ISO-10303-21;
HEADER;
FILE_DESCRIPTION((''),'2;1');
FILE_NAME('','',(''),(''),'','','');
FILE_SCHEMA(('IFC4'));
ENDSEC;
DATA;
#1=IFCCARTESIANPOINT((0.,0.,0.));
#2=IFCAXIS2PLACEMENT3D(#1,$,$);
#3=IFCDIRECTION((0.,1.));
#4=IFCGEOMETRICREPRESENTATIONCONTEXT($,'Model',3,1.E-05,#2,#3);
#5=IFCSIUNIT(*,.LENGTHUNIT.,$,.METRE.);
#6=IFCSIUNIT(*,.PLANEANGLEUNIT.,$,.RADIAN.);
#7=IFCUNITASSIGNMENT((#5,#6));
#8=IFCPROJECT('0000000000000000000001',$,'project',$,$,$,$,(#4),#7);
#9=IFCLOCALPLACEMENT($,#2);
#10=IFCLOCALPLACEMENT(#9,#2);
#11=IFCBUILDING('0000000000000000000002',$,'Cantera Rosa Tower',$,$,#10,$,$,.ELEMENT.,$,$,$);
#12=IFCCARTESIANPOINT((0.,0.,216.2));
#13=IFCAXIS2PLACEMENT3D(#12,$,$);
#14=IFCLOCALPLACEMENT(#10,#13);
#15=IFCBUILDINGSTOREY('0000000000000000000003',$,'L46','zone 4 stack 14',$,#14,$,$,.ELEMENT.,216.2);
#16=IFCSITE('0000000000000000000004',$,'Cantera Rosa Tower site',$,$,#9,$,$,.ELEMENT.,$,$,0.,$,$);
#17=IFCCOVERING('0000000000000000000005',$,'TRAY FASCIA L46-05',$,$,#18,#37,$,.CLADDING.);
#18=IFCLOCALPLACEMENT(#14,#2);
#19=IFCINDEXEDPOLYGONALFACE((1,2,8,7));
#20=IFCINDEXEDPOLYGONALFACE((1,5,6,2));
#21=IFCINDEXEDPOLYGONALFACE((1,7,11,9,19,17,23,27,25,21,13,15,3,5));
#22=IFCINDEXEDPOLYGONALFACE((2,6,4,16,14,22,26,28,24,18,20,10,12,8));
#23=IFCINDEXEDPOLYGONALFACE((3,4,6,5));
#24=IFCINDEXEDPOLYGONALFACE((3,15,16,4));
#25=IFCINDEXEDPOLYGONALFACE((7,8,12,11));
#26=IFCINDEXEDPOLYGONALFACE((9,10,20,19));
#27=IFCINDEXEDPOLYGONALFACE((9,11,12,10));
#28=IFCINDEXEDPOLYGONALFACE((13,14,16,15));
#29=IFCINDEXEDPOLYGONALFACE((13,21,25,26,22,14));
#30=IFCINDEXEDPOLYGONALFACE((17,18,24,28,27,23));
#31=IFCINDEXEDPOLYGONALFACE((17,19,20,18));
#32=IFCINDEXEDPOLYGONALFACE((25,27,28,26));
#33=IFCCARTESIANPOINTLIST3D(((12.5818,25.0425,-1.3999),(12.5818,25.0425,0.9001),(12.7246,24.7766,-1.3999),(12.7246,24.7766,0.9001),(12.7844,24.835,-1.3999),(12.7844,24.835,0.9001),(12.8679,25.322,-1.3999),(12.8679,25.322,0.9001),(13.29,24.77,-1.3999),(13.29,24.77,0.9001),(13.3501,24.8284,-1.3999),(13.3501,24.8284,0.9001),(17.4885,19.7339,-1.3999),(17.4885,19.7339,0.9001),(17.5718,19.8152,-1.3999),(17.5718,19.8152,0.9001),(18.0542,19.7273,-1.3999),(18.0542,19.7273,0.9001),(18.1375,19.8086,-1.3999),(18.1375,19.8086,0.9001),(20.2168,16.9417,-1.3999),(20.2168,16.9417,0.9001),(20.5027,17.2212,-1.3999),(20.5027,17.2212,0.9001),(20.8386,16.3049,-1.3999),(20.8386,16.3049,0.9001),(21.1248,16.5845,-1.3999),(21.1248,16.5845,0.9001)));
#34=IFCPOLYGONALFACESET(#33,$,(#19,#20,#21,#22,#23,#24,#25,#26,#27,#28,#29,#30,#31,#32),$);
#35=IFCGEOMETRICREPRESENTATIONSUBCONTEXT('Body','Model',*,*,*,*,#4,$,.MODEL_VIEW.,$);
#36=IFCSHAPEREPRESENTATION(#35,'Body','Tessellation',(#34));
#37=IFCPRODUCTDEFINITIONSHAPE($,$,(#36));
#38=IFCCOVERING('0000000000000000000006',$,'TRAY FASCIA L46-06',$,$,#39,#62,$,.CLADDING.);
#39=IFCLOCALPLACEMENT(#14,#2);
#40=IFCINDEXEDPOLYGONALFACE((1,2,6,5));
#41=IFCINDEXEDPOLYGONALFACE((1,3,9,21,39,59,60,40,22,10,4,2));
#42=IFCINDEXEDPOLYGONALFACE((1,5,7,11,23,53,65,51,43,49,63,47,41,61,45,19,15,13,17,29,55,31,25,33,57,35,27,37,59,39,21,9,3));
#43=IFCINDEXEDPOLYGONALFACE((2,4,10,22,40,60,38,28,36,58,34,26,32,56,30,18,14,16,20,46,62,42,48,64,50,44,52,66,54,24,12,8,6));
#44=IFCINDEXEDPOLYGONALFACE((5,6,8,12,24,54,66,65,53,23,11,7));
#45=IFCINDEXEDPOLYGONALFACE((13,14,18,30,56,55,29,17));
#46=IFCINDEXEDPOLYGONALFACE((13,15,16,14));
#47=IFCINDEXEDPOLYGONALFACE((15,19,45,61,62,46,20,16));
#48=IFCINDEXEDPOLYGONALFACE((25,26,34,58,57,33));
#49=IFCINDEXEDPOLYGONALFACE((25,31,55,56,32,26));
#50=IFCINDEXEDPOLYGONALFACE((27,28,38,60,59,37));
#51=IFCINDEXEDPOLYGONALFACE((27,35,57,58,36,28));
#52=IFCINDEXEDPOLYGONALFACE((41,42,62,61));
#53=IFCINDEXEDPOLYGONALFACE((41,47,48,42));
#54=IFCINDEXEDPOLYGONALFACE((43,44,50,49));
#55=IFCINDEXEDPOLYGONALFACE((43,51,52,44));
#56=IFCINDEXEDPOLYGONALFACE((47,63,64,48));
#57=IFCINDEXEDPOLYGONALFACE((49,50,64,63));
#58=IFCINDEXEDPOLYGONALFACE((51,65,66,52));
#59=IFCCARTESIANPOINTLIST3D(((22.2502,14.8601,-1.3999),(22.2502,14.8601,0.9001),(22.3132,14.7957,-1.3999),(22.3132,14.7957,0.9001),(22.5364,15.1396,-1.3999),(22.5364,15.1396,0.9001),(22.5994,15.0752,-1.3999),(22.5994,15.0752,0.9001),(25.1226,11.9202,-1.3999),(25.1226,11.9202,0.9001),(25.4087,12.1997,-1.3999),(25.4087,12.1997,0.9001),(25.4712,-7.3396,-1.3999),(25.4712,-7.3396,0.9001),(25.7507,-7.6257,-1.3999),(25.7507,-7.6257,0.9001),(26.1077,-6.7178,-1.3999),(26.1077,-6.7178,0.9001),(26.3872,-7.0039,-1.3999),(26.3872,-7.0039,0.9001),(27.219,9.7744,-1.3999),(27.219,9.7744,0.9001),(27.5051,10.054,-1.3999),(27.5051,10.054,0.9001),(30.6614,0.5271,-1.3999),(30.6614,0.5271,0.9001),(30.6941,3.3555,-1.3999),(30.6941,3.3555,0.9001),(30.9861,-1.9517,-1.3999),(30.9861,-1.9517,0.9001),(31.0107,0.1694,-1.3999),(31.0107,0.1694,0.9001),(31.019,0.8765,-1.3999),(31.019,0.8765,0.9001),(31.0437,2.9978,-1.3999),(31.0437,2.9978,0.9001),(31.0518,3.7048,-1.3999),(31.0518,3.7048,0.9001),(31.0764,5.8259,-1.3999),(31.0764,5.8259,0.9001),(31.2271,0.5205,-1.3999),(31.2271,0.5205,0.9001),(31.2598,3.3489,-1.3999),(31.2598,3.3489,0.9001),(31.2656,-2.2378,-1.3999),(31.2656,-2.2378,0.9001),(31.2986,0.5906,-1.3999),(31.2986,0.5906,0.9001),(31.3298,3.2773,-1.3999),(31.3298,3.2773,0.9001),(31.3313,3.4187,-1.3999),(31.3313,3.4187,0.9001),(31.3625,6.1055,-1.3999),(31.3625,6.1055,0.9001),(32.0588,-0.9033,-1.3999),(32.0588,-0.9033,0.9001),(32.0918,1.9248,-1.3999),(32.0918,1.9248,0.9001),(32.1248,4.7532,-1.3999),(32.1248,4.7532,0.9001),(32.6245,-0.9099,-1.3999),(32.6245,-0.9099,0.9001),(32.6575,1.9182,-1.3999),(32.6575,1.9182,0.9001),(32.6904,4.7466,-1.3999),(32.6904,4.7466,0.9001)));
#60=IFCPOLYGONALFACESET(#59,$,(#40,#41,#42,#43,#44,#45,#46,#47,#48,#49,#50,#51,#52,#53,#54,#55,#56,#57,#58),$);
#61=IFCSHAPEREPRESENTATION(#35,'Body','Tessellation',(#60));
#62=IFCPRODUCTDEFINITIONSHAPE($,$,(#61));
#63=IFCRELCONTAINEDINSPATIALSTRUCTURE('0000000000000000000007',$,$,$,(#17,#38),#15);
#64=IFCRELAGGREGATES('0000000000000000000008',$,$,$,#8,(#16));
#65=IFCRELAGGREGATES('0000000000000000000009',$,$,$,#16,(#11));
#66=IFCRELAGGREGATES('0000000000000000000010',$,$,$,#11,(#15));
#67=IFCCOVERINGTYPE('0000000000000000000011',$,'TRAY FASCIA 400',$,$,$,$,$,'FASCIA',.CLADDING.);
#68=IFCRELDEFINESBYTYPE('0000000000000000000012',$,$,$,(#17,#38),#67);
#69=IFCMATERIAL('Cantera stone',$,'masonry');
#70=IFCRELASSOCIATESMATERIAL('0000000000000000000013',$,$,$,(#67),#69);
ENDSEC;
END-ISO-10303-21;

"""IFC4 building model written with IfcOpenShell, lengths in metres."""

from ifc_helpers import new_model, si_unit, direction, frame, origin, place, context, subcontext, project, spatial, polyline, outline, extrude, material, type_object, element, save


model = new_model("IFC4")

# Units and contexts
model_context = context("Model", 3, precision=1e-05, world=origin(), true_north=direction((0.0, 1.0)))
body_context = subcontext(model_context, "Body", "Model", "MODEL_VIEW")
ifc_project = project(units=[si_unit("LENGTHUNIT", "METRE"), si_unit("PLANEANGLEUNIT", "RADIAN")], contexts=[model_context])

# Site, building, storey
site_placement = place(None, origin())
site = spatial("IfcSite", under=ifc_project, at=site_placement, Name="Cantera Rosa Tower site", CompositionType="ELEMENT", RefElevation=0.0)
building_placement = place(site_placement, origin())
building = spatial("IfcBuilding", under=site, at=building_placement, Name="Cantera Rosa Tower", CompositionType="ELEMENT")
storey_placement = place(building_placement, frame((0.0, 0.0, 216.2)))
storey = spatial("IfcBuildingStorey", under=building, at=storey_placement, Name="L46", Description="zone 4 stack 14", CompositionType="ELEMENT", Elevation=216.2)

# Coverings
ifc_material_1 = material(Name="Cantera stone", Category="masonry")
covering_type_1 = type_object("IfcCoveringType", Name="TRAY FASCIA 400", ElementType="FASCIA", PredefinedType="CLADDING", material=ifc_material_1)
covering_1_placement = place(storey_placement, frame((0.0, 0.0, -1.3999)))
element("IfcCovering", 1, at=covering_1_placement, inside=storey, type_object=covering_type_1, Name="TRAY FASCIA L46-05", PredefinedType="CLADDING", context=body_context, shape_type="SweptSolid", body=[
    extrude(outline(polyline([(13.3501, 24.8284), (13.29, 24.77), (18.1375, 19.8086), (18.0542, 19.7273), (20.5027, 17.2212), (21.1248, 16.5845), (20.8386, 16.3049), (20.2168, 16.9417), (17.4885, 19.7339), (17.5718, 19.8152), (12.7246, 24.7766), (12.7844, 24.835), (12.5818, 25.0425), (12.8679, 25.322), (13.3501, 24.8284)])), origin(), (0.0, 0.0, 1.0), 2.3),
])
covering_2_placement = place(storey_placement, frame((0.0, 0.0, -1.3999)))
element("IfcCovering", 2, at=covering_2_placement, inside=storey, type_object=covering_type_1, Name="TRAY FASCIA L46-06", PredefinedType="CLADDING", context=body_context, shape_type="SweptSolid", body=[
    extrude(outline(polyline([(22.5994, 15.0752), (25.4087, 12.1997), (27.5051, 10.054), (31.3625, 6.1055), (32.6904, 4.7466), (31.3313, 3.4187), (31.2598, 3.3489), (31.3298, 3.2773), (32.6575, 1.9182), (31.2986, 0.5906), (31.2271, 0.5205), (32.6245, -0.9099), (31.2656, -2.2378), (26.3872, -7.0039), (25.7507, -7.6257), (25.4712, -7.3396), (26.1077, -6.7178), (30.9861, -1.9517), (32.0588, -0.9033), (31.0107, 0.1694), (30.6614, 0.5271), (31.019, 0.8765), (32.0918, 1.9248), (31.0437, 2.9978), (30.6941, 3.3555), (31.0518, 3.7048), (32.1248, 4.7532), (31.0764, 5.8259), (27.219, 9.7744), (25.1226, 11.9202), (22.3132, 14.7957), (22.2502, 14.8601), (22.5364, 15.1396), (22.5994, 15.0752)])), origin(), (0.0, 0.0, 1.0), 2.3),
])

save(model, "model.ifc")
